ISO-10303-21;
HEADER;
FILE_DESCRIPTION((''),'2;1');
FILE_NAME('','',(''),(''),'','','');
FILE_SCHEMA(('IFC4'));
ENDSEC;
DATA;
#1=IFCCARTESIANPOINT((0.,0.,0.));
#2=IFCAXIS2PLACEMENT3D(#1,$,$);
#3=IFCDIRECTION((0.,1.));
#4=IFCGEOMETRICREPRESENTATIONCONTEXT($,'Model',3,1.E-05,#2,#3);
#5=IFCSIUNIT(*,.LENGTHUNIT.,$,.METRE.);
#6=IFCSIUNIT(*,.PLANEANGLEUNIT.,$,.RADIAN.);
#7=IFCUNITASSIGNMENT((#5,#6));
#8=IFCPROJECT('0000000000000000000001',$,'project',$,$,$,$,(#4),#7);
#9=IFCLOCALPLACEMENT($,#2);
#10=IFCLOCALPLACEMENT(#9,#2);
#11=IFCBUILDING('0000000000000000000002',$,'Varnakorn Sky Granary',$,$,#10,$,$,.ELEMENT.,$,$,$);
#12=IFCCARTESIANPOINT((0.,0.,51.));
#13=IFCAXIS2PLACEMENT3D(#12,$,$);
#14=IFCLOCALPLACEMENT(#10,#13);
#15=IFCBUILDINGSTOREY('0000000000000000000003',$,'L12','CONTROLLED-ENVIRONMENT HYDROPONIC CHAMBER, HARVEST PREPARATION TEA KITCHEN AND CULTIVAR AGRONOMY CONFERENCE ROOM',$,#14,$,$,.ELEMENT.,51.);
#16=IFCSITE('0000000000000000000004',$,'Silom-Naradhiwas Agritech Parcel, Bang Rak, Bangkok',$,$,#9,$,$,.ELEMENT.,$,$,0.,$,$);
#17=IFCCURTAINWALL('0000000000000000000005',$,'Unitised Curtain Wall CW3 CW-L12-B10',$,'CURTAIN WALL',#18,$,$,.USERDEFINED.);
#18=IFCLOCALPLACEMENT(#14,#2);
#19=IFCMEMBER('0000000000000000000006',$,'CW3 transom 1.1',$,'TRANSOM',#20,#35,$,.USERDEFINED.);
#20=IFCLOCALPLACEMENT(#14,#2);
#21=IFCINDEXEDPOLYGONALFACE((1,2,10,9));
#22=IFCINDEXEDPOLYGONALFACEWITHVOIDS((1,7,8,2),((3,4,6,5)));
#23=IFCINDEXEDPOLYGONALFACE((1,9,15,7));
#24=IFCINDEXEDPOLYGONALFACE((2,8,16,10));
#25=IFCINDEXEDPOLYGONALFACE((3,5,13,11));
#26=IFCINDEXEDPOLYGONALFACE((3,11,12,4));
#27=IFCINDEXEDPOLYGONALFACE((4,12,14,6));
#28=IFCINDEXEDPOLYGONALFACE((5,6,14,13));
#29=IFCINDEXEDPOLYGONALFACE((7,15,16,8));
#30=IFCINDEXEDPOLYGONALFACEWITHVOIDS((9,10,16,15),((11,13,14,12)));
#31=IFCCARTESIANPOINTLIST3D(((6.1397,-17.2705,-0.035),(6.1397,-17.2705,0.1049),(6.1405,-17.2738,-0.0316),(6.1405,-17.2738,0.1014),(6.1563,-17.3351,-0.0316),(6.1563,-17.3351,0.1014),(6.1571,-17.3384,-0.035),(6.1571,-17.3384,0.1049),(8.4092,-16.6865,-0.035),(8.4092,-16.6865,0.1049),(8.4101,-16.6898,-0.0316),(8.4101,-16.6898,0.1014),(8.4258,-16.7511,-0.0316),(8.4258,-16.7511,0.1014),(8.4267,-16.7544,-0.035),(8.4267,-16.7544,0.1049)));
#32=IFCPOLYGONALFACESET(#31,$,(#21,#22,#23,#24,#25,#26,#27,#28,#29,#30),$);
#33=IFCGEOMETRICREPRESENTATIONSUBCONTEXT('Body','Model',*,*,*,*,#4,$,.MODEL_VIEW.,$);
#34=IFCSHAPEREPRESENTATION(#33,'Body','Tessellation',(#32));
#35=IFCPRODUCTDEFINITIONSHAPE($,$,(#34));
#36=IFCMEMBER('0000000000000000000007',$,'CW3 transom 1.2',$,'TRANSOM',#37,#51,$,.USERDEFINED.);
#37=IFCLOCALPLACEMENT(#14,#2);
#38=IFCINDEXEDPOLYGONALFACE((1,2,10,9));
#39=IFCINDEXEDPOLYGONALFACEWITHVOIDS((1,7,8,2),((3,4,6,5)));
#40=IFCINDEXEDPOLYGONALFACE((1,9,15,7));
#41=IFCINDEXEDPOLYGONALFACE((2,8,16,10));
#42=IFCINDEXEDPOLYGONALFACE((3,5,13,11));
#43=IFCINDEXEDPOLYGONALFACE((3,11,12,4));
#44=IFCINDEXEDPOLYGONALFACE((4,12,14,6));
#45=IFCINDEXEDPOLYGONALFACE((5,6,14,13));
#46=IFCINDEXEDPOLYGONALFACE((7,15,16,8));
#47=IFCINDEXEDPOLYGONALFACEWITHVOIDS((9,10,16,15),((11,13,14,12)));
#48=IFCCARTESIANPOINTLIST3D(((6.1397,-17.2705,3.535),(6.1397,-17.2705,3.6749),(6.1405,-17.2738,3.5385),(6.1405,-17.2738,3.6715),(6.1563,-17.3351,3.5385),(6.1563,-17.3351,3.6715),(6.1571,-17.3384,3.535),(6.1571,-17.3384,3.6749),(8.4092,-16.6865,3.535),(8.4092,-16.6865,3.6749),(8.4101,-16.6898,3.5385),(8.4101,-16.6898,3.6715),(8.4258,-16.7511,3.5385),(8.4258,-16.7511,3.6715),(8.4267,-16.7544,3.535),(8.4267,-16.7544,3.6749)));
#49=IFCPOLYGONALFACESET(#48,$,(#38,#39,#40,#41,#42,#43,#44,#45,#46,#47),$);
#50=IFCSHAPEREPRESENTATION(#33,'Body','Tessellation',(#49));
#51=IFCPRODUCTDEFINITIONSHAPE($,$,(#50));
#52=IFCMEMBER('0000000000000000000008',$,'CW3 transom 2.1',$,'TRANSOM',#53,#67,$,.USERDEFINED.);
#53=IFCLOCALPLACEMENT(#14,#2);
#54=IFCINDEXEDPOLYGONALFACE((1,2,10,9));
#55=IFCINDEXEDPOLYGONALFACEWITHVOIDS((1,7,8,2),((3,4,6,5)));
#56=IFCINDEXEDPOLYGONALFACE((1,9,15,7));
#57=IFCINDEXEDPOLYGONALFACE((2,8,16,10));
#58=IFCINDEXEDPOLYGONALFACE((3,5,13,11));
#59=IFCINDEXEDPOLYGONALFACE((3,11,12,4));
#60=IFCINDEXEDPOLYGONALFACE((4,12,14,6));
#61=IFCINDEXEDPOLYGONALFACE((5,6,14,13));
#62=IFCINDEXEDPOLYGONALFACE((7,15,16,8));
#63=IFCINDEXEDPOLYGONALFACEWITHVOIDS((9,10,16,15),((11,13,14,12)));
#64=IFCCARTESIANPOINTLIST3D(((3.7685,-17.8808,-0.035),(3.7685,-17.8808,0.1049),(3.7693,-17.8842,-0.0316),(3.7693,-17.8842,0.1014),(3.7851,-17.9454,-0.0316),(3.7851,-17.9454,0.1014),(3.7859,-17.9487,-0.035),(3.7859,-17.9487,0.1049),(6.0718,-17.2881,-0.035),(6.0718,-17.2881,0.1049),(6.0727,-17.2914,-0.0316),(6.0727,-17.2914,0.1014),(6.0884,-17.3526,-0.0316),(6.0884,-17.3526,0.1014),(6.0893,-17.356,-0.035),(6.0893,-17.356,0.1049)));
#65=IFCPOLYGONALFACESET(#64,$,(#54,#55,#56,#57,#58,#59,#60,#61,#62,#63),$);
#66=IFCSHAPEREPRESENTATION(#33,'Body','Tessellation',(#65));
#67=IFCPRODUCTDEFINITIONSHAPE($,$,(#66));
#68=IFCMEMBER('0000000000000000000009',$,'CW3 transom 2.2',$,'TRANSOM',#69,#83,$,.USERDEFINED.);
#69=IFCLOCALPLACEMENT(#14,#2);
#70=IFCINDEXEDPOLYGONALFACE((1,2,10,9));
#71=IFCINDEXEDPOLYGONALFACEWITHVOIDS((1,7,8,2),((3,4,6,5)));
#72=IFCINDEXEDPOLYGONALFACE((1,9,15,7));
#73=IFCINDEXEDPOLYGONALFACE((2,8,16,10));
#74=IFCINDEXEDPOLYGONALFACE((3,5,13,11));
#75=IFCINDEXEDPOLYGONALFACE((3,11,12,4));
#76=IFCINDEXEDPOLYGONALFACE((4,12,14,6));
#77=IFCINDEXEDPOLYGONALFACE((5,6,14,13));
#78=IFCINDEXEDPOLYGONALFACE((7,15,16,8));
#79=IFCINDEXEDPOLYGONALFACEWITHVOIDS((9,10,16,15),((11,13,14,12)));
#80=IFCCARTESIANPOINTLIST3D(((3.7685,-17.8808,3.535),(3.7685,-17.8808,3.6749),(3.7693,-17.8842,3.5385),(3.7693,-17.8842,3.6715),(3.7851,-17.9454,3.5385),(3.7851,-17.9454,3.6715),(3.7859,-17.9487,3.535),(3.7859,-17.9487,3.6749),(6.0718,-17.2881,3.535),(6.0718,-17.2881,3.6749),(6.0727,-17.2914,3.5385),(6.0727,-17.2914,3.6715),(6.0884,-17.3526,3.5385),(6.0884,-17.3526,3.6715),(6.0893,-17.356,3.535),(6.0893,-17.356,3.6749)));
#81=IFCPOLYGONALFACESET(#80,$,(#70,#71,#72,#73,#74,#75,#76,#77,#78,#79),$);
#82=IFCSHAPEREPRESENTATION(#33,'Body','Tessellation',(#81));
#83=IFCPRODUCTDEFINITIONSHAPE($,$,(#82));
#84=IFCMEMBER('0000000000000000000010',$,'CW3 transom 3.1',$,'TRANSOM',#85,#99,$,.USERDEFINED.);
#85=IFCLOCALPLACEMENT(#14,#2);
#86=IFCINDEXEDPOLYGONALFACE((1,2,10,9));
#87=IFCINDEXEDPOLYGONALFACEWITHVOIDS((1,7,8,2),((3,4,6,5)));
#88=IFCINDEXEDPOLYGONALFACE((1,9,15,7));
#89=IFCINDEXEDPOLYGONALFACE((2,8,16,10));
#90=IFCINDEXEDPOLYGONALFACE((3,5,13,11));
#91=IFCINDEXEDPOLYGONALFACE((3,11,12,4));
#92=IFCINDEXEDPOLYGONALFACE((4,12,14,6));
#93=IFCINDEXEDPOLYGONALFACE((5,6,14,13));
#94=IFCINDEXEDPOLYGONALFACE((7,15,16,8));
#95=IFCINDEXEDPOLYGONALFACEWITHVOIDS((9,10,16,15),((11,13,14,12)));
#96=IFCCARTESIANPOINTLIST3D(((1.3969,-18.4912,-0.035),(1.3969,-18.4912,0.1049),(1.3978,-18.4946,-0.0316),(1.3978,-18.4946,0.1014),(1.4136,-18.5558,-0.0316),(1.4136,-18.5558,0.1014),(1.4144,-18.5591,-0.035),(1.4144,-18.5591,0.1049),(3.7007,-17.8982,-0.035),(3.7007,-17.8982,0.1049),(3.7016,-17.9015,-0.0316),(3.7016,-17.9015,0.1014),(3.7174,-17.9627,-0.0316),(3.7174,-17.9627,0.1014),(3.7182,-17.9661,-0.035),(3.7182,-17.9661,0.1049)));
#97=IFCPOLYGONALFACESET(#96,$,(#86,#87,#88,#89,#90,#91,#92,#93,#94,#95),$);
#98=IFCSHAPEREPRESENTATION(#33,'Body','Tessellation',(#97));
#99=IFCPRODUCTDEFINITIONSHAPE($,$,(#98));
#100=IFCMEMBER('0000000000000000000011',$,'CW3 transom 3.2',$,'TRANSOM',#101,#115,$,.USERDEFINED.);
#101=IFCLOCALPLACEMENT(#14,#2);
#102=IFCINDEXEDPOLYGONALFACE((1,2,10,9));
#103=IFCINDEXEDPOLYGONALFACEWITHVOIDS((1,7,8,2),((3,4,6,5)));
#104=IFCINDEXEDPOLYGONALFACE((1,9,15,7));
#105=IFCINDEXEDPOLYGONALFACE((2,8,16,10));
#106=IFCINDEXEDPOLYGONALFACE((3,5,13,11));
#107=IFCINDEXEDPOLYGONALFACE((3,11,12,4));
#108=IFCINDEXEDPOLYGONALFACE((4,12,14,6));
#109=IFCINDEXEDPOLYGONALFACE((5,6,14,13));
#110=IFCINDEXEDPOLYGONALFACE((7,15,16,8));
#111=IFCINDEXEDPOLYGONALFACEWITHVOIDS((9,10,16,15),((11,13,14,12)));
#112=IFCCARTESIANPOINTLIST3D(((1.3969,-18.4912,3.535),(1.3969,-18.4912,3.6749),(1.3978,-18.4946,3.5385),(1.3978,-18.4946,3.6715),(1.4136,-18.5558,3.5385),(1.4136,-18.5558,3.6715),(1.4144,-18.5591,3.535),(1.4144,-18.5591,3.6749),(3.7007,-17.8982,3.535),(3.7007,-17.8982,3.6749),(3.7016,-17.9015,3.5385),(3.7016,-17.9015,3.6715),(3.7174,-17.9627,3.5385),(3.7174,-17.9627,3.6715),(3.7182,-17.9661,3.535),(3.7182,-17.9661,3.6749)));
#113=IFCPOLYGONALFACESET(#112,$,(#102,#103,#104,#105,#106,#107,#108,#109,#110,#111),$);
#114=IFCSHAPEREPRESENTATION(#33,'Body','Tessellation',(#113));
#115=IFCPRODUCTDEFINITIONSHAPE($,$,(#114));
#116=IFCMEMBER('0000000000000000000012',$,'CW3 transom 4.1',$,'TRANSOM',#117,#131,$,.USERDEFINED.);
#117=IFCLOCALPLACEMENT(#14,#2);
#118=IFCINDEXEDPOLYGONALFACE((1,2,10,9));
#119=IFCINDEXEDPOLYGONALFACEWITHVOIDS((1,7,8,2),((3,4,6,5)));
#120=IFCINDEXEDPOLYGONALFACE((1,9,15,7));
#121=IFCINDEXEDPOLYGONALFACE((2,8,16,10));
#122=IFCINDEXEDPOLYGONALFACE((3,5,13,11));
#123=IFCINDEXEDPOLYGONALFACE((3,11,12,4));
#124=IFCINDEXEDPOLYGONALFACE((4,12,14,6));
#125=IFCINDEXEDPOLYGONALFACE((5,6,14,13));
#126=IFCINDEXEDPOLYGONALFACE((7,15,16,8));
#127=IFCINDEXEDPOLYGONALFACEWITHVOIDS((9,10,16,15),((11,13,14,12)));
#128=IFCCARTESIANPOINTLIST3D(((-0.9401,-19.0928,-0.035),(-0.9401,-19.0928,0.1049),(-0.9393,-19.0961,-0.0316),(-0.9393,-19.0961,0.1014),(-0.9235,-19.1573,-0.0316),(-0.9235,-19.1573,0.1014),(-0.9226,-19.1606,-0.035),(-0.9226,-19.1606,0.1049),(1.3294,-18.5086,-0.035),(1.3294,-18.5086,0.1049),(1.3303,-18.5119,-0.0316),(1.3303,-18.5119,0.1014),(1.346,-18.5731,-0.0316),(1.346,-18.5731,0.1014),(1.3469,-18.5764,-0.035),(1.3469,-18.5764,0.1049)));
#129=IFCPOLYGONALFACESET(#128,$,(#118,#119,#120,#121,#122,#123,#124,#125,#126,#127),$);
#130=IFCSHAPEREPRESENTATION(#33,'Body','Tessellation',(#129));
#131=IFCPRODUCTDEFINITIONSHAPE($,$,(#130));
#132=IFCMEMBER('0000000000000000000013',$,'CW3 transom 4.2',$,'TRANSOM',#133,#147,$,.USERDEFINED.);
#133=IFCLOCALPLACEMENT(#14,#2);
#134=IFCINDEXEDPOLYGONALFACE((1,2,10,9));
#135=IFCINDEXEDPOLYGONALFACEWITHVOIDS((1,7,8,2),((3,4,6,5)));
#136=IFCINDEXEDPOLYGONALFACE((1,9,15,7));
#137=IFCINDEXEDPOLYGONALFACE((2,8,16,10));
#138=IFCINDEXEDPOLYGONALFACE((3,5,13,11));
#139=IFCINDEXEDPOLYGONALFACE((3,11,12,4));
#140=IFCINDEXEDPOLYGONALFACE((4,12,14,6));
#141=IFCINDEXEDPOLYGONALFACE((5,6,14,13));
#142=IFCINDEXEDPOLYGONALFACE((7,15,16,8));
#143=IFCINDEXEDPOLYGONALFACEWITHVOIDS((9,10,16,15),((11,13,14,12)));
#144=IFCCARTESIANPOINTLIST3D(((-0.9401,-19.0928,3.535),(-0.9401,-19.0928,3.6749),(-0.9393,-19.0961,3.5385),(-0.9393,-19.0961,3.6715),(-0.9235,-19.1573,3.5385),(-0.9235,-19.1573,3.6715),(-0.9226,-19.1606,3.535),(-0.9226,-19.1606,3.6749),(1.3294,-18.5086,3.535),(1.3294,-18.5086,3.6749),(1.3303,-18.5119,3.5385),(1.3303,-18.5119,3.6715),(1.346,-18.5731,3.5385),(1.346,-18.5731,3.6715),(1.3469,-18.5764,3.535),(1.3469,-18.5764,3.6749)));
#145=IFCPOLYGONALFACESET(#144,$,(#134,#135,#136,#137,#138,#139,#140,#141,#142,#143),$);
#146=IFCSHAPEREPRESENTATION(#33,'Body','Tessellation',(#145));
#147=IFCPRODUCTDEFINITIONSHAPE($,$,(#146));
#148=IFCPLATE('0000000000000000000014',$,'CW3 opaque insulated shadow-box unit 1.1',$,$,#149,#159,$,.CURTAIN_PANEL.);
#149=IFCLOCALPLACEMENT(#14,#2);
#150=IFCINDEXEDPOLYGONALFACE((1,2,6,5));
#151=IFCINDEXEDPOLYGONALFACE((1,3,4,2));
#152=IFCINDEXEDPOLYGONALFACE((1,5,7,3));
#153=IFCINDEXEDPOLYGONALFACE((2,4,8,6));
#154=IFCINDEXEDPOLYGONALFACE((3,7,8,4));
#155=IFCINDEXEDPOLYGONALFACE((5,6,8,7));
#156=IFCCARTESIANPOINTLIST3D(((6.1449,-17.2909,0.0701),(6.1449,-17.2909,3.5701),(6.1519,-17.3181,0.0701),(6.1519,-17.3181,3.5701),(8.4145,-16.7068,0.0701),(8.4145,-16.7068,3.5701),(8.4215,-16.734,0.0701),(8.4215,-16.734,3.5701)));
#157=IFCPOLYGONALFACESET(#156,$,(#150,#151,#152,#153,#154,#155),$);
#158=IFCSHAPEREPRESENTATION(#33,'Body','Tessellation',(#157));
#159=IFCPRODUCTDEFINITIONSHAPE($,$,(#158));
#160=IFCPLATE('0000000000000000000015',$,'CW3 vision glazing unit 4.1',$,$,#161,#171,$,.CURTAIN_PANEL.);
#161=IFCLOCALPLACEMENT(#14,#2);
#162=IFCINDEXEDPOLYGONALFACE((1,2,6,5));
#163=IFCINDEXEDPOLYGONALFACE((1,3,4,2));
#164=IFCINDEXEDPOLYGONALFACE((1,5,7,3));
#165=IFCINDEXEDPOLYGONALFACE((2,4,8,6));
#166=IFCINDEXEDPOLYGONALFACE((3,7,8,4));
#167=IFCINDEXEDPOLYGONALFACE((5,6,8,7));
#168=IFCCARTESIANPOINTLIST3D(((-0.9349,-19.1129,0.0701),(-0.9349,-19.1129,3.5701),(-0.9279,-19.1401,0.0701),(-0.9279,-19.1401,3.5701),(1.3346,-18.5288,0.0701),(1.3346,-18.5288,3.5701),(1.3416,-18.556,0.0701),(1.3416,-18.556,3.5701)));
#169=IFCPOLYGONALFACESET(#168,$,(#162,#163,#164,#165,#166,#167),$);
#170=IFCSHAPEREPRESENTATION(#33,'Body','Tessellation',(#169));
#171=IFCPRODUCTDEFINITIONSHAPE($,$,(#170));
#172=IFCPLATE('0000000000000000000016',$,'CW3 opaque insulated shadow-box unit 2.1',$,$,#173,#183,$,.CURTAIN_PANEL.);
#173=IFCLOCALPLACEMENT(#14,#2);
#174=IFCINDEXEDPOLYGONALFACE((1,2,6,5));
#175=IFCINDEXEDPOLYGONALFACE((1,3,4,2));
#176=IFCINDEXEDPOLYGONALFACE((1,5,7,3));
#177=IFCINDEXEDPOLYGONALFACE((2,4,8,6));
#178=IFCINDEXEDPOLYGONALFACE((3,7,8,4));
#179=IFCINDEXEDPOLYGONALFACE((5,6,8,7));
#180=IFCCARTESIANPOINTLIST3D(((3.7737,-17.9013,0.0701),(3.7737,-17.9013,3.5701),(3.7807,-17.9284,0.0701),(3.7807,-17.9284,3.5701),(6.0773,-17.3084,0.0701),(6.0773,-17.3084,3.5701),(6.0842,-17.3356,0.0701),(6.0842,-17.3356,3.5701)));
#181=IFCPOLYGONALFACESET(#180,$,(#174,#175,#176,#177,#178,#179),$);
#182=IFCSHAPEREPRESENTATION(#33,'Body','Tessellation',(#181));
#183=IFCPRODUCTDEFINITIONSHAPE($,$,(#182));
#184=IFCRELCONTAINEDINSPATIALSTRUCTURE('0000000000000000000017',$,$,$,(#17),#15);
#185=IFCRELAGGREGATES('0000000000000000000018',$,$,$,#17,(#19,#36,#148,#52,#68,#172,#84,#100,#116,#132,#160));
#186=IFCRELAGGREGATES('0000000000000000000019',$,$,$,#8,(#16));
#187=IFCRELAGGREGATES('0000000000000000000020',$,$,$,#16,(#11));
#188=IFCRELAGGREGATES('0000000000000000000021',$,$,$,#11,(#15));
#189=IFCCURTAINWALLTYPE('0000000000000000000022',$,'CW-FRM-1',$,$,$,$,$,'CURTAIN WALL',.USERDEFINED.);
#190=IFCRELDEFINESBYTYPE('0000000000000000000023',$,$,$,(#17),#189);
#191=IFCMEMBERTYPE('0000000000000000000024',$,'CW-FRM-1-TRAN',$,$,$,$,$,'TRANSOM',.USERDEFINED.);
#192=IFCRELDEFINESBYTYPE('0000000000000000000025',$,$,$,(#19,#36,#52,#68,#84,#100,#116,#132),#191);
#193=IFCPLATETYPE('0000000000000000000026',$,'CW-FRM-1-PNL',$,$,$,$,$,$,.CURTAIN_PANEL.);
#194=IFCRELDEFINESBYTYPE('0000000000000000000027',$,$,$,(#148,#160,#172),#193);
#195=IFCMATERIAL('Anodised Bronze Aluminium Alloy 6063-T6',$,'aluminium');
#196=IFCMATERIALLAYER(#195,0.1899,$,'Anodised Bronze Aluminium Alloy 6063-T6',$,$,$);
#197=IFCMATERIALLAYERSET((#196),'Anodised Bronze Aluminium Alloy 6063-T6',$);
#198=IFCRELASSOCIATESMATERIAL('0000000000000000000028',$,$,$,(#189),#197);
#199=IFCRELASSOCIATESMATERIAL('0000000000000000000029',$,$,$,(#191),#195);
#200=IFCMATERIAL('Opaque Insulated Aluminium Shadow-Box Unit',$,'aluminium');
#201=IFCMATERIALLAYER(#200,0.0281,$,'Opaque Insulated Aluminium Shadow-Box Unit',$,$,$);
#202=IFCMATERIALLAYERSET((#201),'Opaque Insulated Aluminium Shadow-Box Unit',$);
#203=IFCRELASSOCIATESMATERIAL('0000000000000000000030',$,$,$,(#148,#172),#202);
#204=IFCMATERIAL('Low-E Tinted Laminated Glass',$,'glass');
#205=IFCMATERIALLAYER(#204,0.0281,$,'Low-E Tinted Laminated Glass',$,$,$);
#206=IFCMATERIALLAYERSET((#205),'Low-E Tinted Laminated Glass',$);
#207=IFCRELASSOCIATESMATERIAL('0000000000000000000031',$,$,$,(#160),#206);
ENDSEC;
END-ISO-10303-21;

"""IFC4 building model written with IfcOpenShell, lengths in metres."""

from ifc_helpers import new_model, si_unit, direction, frame, origin, origin_2d, place, context, subcontext, project, spatial, rectangle, hollow_rectangle, extrude, source, transform, mapped, material, layer, layer_set, material_profile, profile_set, type_object, type_shapes, element, aggregate, save


model = new_model("IFC4")

# Units and contexts
model_context = context("Model", 3, precision=1e-05, world=origin(), true_north=direction((0.0, 1.0)))
body_context = subcontext(model_context, "Body", "Model", "MODEL_VIEW")
ifc_project = project(units=[si_unit("LENGTHUNIT", "METRE"), si_unit("PLANEANGLEUNIT", "RADIAN")], contexts=[model_context])

# Site, building, storey
site_placement = place(None, origin())
site = spatial("IfcSite", under=ifc_project, at=site_placement, Name="Silom-Naradhiwas Agritech Parcel, Bang Rak, Bangkok", CompositionType="ELEMENT", RefElevation=0.0)
building_placement = place(site_placement, origin())
building = spatial("IfcBuilding", under=site, at=building_placement, Name="Varnakorn Sky Granary", CompositionType="ELEMENT")
storey_placement = place(building_placement, frame((0.0, 0.0, 51.0)))
storey = spatial("IfcBuildingStorey", under=building, at=storey_placement, Name="L12", Description="CONTROLLED-ENVIRONMENT HYDROPONIC CHAMBER, HARVEST PREPARATION TEA KITCHEN AND CULTIVAR AGRONOMY CONFERENCE ROOM", CompositionType="ELEMENT", Elevation=51.0)

# Curtain wall, members, plates
ifc_material_1 = material(Name="Anodised Bronze Aluminium Alloy 6063-T6", Category="aluminium")
ifc_layer_1 = layer(ifc_material_1, 0.1899, Name="Anodised Bronze Aluminium Alloy 6063-T6")
ifc_layer_set_1 = layer_set([ifc_layer_1], Name="Anodised Bronze Aluminium Alloy 6063-T6")
curtain_wall_type = type_object("IfcCurtainWallType", Name="CW-FRM-1", ElementType="CURTAIN WALL", PredefinedType="USERDEFINED", material=ifc_layer_set_1)
curtain_wall_placement = place(storey_placement, origin())
curtain_wall = element("IfcCurtainWall", 1, at=curtain_wall_placement, inside=storey, type_object=curtain_wall_type, Name="Unitised Curtain Wall CW3 CW-L12-B10", ObjectType="CURTAIN WALL", PredefinedType="USERDEFINED")
ifc_material_profile_1 = material_profile(ifc_material_1, hollow_rectangle(XDim=0.0701, YDim=0.1399, WallThickness=0.0034, at=origin_2d()), Name="ALU TRAN 70x140")
ifc_profile_set_1 = profile_set([ifc_material_profile_1], Name="Anodised Bronze Aluminium Alloy 6063-T6")
member_type_1 = type_object("IfcMemberType", Name="CW-FRM-1-TRAN", ElementType="TRANSOM", PredefinedType="USERDEFINED", material=ifc_profile_set_1)
member_1_placement = place(storey_placement, frame((8.418, -16.7205, 0.0349), z_axis=(-0.968453, -0.249197, 0.0), x_axis=(0.249197, -0.968453, 0.0)))
member_1 = element("IfcMember", 2, at=member_1_placement, type_object=member_type_1, Name="CW3 transom 1.1", ObjectType="TRANSOM", PredefinedType="USERDEFINED", context=body_context, shape_type="SweptSolid", body=[
    extrude(hollow_rectangle(XDim=0.0701, YDim=0.1399, WallThickness=0.0034, at=origin_2d()), origin(), (0.0, 0.0, 1.0), 2.3435),
])
member_2_placement = place(storey_placement, frame((8.418, -16.7205, 3.605), z_axis=(-0.968453, -0.249197, 0.0), x_axis=(0.249197, -0.968453, 0.0)))
member_2 = element("IfcMember", 3, at=member_2_placement, type_object=member_type_1, Name="CW3 transom 1.2", ObjectType="TRANSOM", PredefinedType="USERDEFINED", context=body_context, shape_type="SweptSolid", body=[
    extrude(hollow_rectangle(XDim=0.0701, YDim=0.1399, WallThickness=0.0034, at=origin_2d()), origin(), (0.0, 0.0, 1.0), 2.3435),
])
member_3_placement = place(storey_placement, frame((6.0806, -17.322, 0.0349), z_axis=(-0.968447, -0.24922, 0.0), x_axis=(0.24922, -0.968447, 0.0)))
member_3 = element("IfcMember", 4, at=member_3_placement, type_object=member_type_1, Name="CW3 transom 2.1", ObjectType="TRANSOM", PredefinedType="USERDEFINED", context=body_context, shape_type="SweptSolid", body=[
    extrude(hollow_rectangle(XDim=0.0701, YDim=0.1399, WallThickness=0.0034, at=origin_2d()), origin(), (0.0, 0.0, 1.0), 2.3784),
])
member_4_placement = place(storey_placement, frame((6.0806, -17.322, 3.605), z_axis=(-0.968447, -0.24922, 0.0), x_axis=(0.24922, -0.968447, 0.0)))
member_4 = element("IfcMember", 5, at=member_4_placement, type_object=member_type_1, Name="CW3 transom 2.2", ObjectType="TRANSOM", PredefinedType="USERDEFINED", context=body_context, shape_type="SweptSolid", body=[
    extrude(hollow_rectangle(XDim=0.0701, YDim=0.1399, WallThickness=0.0034, at=origin_2d()), origin(), (0.0, 0.0, 1.0), 2.3784),
])
member_5_placement = place(storey_placement, frame((3.7095, -17.9321, 0.0349), z_axis=(-0.968429, -0.249291, 0.0), x_axis=(0.249291, -0.968429, 0.0)))
member_5 = element("IfcMember", 6, at=member_5_placement, type_object=member_type_1, Name="CW3 transom 3.1", ObjectType="TRANSOM", PredefinedType="USERDEFINED", context=body_context, shape_type="SweptSolid", body=[
    extrude(hollow_rectangle(XDim=0.0701, YDim=0.1399, WallThickness=0.0034, at=origin_2d()), origin(), (0.0, 0.0, 1.0), 2.3789),
])
member_6_placement = place(storey_placement, frame((3.7095, -17.9321, 3.605), z_axis=(-0.968429, -0.249291, 0.0), x_axis=(0.249291, -0.968429, 0.0)))
member_6 = element("IfcMember", 7, at=member_6_placement, type_object=member_type_1, Name="CW3 transom 3.2", ObjectType="TRANSOM", PredefinedType="USERDEFINED", context=body_context, shape_type="SweptSolid", body=[
    extrude(hollow_rectangle(XDim=0.0701, YDim=0.1399, WallThickness=0.0034, at=origin_2d()), origin(), (0.0, 0.0, 1.0), 2.3789),
])
member_7_placement = place(storey_placement, frame((1.3381, -18.5425, 0.0349), z_axis=(-0.968428, -0.249295, 0.0), x_axis=(0.249295, -0.968428, 0.0)))
member_7 = element("IfcMember", 8, at=member_7_placement, type_object=member_type_1, Name="CW3 transom 4.1", ObjectType="TRANSOM", PredefinedType="USERDEFINED", context=body_context, shape_type="SweptSolid", body=[
    extrude(hollow_rectangle(XDim=0.0701, YDim=0.1399, WallThickness=0.0034, at=origin_2d()), origin(), (0.0, 0.0, 1.0), 2.3435),
])
member_8_placement = place(storey_placement, frame((1.3381, -18.5425, 3.605), z_axis=(-0.968428, -0.249295, 0.0), x_axis=(0.249295, -0.968428, 0.0)))
member_8 = element("IfcMember", 9, at=member_8_placement, type_object=member_type_1, Name="CW3 transom 4.2", ObjectType="TRANSOM", PredefinedType="USERDEFINED", context=body_context, shape_type="SweptSolid", body=[
    extrude(hollow_rectangle(XDim=0.0701, YDim=0.1399, WallThickness=0.0034, at=origin_2d()), origin(), (0.0, 0.0, 1.0), 2.3435),
])
ifc_material_2 = material(Name="Opaque Insulated Aluminium Shadow-Box Unit", Category="aluminium")
ifc_layer_2 = layer(ifc_material_2, 0.0281, Name="Opaque Insulated Aluminium Shadow-Box Unit")
ifc_layer_set_2 = layer_set([ifc_layer_2], Name="Opaque Insulated Aluminium Shadow-Box Unit")
plate_type = type_object("IfcPlateType", Name="CW-FRM-1-PNL", PredefinedType="CURTAIN_PANEL")
shared_shape_1 = source(origin(), body_context, "Body", "SweptSolid", [
    extrude(rectangle(XDim=2.3435, YDim=0.0281, at=origin_2d()), origin(), (0.0, 0.0, 1.0), 3.5),
])
plate_1_placement = place(storey_placement, frame((7.2832, -17.0125, 0.0701), z_axis=(0.0, 0.0, 1.0), x_axis=(-0.968439, -0.249249, 0.0)))
plate_1 = element("IfcPlate", 10, at=plate_1_placement, type_object=plate_type, material=ifc_layer_set_2, Name="CW3 opaque insulated shadow-box unit 1.1", PredefinedType="CURTAIN_PANEL", context=body_context, shape_type="MappedRepresentation", body=[
    mapped(shared_shape_1, transform((0.0, 0.0, 0.0), x_axis=(1.0, 0.0, 0.0), y_axis=(0.0, 1.0, 0.0), z_axis=(0.0, 0.0, 1.0), scale=1.0)),
])
ifc_material_3 = material(Name="Low-E Tinted Laminated Glass", Category="glass")
ifc_layer_3 = layer(ifc_material_3, 0.0281, Name="Low-E Tinted Laminated Glass")
ifc_layer_set_3 = layer_set([ifc_layer_3], Name="Low-E Tinted Laminated Glass")
plate_2_placement = place(storey_placement, frame((0.2034, -18.8345, 0.0701), z_axis=(0.0, 0.0, 1.0), x_axis=(-0.968439, -0.249249, 0.0)))
plate_2 = element("IfcPlate", 11, at=plate_2_placement, type_object=plate_type, material=ifc_layer_set_3, Name="CW3 vision glazing unit 4.1", PredefinedType="CURTAIN_PANEL", context=body_context, shape_type="MappedRepresentation", body=[
    mapped(shared_shape_1, transform((0.0, 0.0, 0.0), x_axis=(1.0, 0.0, 0.0), y_axis=(0.0, 1.0, 0.0), z_axis=(0.0, 0.0, 1.0), scale=1.0)),
])
shared_shape_2 = source(origin(), body_context, "Body", "SweptSolid", [
    extrude(rectangle(XDim=2.3787, YDim=0.0281, at=origin_2d()), origin(), (0.0, 0.0, 1.0), 3.5),
])
type_shapes(plate_type, [shared_shape_1, shared_shape_2])
plate_3_placement = place(storey_placement, frame((4.929, -17.6184, 0.0701), z_axis=(0.0, 0.0, 1.0), x_axis=(-0.968439, -0.249249, 0.0)))
plate_3 = element("IfcPlate", 12, at=plate_3_placement, type_object=plate_type, material=ifc_layer_set_2, Name="CW3 opaque insulated shadow-box unit 2.1", PredefinedType="CURTAIN_PANEL", context=body_context, shape_type="MappedRepresentation", body=[
    mapped(shared_shape_2, transform((0.0, 0.0, 0.0), x_axis=(1.0, 0.0, 0.0), y_axis=(0.0, 1.0, 0.0), z_axis=(0.0, 0.0, 1.0), scale=1.0)),
])
aggregate(curtain_wall, [member_1, member_2, plate_1, member_3, member_4, plate_3, member_5, member_6, member_7, member_8, plate_2])

save(model, "model.ifc")
